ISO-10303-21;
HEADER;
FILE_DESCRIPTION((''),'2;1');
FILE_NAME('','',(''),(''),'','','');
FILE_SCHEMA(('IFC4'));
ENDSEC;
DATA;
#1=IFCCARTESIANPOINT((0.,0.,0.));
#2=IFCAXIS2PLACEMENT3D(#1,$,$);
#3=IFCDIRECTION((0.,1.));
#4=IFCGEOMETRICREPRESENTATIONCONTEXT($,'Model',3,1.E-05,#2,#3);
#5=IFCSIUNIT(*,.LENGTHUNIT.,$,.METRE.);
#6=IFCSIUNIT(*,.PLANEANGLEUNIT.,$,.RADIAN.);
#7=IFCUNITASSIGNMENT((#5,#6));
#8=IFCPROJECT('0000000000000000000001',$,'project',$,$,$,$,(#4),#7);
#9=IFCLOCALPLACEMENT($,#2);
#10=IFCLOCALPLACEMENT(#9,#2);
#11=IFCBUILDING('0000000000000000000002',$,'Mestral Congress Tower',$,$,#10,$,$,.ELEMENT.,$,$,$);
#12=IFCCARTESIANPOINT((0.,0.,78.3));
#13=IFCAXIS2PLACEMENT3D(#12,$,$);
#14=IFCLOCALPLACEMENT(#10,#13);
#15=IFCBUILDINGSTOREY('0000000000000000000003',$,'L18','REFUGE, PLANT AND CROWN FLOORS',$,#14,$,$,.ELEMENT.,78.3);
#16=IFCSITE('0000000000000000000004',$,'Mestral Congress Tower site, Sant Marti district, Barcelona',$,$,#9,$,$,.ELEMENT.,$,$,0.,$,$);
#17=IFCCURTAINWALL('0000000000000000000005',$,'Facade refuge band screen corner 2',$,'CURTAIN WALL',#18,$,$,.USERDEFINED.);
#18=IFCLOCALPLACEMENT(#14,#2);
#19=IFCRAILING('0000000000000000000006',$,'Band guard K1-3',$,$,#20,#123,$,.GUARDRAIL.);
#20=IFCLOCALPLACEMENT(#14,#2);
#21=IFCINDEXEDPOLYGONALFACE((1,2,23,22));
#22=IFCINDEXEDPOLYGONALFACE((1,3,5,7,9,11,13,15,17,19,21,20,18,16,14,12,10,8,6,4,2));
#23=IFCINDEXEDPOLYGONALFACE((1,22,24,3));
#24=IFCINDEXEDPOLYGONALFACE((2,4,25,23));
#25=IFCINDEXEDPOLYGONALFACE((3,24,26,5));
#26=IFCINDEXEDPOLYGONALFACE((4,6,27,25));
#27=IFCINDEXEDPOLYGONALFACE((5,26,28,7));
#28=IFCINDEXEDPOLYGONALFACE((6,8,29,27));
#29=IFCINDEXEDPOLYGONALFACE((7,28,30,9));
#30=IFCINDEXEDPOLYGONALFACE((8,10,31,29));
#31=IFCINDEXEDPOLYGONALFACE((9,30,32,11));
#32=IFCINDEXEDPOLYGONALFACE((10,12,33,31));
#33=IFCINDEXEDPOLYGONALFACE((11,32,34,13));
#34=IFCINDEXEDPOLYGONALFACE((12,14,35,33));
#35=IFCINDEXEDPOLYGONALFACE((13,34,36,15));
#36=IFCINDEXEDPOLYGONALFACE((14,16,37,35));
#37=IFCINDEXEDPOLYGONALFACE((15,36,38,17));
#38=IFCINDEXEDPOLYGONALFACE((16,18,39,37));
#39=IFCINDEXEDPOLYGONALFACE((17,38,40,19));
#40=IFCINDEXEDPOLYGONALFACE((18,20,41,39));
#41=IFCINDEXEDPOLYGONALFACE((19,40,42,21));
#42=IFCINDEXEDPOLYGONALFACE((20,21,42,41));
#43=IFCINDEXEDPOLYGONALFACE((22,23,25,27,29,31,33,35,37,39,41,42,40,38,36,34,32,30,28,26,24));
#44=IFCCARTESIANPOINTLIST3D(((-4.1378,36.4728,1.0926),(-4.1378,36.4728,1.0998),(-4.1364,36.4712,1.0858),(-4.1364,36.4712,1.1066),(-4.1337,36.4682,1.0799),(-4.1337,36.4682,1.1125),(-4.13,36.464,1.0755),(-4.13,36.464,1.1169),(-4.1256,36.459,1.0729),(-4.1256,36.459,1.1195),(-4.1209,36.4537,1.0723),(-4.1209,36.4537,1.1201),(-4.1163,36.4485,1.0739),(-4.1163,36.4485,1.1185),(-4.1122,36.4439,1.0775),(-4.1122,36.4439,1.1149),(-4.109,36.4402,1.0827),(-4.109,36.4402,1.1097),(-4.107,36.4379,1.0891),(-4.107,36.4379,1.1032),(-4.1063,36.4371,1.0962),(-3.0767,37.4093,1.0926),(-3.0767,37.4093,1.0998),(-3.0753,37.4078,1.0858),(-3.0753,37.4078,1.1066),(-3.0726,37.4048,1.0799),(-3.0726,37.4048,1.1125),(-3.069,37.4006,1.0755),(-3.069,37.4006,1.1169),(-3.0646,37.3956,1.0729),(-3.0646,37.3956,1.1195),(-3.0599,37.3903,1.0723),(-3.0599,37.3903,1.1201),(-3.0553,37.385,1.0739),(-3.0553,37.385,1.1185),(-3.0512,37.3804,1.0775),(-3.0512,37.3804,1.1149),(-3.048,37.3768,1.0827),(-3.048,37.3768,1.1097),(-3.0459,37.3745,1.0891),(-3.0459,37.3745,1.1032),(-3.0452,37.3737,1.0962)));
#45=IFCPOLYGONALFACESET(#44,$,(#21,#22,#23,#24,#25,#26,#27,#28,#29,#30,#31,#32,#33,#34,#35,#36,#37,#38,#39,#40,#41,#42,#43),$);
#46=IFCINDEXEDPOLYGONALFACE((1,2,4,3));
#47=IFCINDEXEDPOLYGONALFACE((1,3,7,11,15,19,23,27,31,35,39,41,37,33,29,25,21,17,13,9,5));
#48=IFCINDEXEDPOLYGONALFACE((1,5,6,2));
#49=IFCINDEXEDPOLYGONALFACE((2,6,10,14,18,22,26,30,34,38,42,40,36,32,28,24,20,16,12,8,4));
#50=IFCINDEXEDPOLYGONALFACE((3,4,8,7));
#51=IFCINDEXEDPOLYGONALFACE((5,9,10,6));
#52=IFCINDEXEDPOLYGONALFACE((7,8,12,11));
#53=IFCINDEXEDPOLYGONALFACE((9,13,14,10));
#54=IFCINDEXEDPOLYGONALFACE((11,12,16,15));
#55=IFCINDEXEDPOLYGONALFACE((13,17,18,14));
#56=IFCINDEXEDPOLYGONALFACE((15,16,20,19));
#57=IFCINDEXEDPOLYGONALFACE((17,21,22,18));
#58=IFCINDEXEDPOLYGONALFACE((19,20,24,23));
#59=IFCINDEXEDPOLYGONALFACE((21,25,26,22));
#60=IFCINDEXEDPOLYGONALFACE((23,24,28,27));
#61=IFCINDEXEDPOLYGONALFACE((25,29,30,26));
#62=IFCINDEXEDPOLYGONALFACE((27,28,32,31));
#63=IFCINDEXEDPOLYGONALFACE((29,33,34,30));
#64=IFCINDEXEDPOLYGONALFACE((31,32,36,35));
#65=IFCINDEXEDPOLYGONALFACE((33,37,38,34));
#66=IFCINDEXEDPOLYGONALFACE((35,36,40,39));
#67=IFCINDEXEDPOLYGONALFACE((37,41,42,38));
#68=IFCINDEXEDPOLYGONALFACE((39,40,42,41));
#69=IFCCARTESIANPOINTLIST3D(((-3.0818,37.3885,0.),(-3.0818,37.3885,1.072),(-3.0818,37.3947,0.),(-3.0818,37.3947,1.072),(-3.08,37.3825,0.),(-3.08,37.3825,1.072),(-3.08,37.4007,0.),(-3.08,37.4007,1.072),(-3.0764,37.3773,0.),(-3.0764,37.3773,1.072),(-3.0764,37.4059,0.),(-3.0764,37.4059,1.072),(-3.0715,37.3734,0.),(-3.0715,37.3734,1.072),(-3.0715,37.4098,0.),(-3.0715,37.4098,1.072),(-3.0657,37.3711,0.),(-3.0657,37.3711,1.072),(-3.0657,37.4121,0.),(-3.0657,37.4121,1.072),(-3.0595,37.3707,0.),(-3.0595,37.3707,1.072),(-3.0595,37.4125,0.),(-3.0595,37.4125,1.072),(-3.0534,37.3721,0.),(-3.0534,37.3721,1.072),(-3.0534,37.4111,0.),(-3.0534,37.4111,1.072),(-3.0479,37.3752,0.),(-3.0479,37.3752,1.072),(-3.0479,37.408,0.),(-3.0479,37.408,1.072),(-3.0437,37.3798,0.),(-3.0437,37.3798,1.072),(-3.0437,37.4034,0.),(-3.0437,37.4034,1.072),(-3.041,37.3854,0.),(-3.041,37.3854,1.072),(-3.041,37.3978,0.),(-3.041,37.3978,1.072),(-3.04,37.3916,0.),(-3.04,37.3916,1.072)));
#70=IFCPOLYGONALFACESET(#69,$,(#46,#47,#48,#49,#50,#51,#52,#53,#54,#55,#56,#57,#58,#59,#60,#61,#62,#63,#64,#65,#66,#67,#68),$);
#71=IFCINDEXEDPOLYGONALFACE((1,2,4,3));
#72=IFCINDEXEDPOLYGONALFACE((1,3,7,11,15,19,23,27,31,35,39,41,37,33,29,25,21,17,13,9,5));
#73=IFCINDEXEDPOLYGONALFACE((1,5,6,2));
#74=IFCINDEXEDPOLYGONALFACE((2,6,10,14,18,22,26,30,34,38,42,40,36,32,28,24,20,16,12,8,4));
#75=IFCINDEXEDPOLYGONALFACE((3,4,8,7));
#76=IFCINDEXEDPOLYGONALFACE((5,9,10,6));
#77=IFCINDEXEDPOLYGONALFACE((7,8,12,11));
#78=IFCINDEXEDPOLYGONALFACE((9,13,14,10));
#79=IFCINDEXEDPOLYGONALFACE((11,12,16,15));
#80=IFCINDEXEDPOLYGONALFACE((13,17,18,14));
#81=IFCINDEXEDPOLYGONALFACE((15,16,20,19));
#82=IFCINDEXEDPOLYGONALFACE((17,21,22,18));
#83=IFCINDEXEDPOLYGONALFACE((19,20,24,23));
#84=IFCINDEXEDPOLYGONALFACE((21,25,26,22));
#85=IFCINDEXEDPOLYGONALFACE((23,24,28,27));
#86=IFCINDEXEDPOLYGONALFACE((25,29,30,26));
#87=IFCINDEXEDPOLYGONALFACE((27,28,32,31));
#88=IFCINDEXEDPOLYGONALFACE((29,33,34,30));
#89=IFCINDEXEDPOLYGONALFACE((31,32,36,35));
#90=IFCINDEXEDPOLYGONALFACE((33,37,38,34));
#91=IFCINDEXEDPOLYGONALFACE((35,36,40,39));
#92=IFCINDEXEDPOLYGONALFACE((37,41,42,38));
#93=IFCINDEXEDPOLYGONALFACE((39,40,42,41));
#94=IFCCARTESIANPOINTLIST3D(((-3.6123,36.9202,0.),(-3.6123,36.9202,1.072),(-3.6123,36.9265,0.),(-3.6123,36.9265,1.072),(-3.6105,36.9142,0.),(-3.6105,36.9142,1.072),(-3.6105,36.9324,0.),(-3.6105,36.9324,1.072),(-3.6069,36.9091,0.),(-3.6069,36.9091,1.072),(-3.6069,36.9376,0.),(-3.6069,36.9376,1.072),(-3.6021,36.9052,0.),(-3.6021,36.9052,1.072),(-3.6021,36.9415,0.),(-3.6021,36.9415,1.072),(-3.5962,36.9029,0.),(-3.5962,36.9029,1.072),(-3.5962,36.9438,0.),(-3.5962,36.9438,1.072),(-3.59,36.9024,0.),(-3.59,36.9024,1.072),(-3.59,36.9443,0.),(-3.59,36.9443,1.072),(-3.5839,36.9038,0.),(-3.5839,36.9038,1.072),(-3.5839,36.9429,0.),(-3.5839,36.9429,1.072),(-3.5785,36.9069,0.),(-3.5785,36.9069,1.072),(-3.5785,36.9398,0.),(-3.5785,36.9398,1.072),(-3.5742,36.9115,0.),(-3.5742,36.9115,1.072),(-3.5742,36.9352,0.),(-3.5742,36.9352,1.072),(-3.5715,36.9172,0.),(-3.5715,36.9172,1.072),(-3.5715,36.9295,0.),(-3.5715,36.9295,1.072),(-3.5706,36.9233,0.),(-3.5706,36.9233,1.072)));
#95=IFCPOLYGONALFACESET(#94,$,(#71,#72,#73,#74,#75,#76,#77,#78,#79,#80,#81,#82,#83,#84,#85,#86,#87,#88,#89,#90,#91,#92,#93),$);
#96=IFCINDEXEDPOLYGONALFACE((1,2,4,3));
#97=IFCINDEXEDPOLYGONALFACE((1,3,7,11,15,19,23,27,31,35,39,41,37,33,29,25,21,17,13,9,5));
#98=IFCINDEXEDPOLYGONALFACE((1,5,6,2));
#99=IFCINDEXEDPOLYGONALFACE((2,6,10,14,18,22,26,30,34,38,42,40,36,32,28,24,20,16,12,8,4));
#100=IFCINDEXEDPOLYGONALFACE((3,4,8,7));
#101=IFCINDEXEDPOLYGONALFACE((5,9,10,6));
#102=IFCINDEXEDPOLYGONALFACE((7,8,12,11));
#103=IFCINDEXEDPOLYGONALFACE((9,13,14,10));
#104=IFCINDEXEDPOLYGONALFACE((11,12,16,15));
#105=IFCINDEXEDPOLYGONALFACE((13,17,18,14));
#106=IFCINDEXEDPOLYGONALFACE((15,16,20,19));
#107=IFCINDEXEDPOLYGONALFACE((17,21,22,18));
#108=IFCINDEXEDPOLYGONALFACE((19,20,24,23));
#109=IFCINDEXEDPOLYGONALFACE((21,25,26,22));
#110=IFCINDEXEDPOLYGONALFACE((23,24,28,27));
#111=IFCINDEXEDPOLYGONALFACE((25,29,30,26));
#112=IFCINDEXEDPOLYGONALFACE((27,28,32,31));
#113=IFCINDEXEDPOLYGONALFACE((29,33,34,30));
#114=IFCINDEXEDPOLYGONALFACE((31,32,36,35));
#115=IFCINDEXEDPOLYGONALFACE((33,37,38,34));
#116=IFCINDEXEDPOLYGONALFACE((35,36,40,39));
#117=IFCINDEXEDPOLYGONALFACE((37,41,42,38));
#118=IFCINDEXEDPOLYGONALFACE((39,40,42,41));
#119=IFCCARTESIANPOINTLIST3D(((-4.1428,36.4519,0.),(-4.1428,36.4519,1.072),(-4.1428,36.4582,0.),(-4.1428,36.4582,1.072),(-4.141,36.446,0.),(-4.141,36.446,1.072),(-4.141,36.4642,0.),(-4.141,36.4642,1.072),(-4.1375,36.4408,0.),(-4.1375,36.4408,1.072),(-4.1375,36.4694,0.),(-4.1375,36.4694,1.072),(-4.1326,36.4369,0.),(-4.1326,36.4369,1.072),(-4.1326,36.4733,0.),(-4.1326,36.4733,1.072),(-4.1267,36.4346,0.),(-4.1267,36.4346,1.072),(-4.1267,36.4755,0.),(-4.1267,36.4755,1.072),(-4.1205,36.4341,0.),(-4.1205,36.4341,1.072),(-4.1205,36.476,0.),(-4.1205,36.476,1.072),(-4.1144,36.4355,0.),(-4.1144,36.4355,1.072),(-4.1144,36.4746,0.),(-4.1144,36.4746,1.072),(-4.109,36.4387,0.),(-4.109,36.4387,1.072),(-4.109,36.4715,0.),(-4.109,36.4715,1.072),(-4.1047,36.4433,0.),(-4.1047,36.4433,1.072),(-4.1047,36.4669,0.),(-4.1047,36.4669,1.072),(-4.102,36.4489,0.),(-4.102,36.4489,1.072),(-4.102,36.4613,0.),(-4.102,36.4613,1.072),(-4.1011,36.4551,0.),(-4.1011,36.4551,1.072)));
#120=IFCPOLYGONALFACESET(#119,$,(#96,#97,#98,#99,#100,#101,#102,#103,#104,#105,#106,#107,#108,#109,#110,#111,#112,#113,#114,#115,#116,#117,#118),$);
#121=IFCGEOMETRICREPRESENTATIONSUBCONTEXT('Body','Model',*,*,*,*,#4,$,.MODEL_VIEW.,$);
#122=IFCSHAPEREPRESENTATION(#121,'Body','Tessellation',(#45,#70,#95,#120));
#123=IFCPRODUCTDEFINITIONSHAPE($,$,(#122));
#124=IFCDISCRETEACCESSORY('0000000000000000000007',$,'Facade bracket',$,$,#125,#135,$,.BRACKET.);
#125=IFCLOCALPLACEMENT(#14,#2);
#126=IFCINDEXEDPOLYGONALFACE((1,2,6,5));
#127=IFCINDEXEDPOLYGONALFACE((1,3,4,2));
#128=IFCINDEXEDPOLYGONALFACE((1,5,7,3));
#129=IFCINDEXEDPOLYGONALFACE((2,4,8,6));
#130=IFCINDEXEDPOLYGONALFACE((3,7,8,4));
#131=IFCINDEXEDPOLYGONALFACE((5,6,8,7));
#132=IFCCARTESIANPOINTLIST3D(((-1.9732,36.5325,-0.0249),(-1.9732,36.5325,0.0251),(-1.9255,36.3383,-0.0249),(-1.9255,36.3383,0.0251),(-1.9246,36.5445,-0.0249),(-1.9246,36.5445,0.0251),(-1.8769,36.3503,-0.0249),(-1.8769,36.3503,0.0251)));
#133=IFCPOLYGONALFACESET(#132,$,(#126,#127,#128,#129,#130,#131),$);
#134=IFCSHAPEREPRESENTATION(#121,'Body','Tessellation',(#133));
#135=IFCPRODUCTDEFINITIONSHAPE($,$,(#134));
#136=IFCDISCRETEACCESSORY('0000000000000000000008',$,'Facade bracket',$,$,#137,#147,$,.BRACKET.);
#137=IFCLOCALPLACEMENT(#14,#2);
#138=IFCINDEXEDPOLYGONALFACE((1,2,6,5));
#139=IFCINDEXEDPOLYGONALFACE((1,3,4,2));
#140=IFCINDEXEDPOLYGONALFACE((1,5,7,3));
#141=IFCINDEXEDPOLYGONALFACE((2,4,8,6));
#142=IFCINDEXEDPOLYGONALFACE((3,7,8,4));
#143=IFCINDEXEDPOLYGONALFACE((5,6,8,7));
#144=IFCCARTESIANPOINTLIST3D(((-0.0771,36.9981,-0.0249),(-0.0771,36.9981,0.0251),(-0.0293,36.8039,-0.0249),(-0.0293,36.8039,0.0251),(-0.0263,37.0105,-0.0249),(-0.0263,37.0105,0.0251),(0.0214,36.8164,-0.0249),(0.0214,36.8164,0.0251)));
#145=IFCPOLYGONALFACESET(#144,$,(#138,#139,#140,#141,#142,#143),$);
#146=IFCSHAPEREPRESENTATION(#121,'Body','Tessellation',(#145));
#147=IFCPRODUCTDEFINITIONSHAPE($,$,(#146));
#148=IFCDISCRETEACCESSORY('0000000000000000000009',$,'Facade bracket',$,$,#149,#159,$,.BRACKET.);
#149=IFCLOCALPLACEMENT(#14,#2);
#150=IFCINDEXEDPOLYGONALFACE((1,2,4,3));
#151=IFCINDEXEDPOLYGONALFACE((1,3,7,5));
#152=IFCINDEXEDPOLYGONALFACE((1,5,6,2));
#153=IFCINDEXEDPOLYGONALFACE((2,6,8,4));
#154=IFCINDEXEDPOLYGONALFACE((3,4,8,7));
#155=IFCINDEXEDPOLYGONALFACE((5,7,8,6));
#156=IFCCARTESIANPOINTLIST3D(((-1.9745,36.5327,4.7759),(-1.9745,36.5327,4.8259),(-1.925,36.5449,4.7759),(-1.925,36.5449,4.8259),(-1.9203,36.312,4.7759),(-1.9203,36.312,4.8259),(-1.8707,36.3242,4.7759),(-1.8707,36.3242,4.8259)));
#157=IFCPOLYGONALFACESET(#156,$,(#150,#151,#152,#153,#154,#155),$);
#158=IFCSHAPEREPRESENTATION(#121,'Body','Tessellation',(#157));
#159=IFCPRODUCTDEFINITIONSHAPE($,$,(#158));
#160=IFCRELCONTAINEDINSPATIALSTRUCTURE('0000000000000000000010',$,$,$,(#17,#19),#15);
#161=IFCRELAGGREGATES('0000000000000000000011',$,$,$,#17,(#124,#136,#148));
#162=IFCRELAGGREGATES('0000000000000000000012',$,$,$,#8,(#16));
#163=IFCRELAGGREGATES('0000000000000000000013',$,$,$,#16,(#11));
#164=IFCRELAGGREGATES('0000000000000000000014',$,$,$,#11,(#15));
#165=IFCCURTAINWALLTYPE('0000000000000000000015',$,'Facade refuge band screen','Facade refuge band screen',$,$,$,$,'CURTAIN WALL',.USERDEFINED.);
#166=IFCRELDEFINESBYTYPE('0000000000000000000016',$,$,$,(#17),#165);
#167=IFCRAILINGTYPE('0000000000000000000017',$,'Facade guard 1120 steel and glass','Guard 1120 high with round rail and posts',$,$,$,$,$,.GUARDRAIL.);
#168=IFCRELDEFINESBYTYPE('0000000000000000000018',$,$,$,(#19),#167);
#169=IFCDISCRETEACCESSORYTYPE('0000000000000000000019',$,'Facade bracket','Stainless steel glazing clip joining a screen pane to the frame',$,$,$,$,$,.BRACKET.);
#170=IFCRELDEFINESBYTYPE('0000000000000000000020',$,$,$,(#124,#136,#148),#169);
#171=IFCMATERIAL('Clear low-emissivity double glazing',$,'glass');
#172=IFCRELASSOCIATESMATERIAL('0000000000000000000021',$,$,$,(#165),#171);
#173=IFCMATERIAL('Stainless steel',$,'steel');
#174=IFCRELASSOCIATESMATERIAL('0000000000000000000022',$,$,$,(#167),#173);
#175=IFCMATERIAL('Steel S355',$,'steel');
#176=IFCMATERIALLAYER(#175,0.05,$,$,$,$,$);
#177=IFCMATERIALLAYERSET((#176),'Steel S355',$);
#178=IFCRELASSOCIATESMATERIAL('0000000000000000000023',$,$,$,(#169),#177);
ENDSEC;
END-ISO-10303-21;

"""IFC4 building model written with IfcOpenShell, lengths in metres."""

from ifc_helpers import new_model, si_unit, direction, frame, origin, origin_2d, place, context, subcontext, project, spatial, rectangle, circle, extrude, material, layer, layer_set, type_object, element, aggregate, save


model = new_model("IFC4")

# Units and contexts
model_context = context("Model", 3, precision=1e-05, world=origin(), true_north=direction((0.0, 1.0)))
body_context = subcontext(model_context, "Body", "Model", "MODEL_VIEW")
ifc_project = project(units=[si_unit("LENGTHUNIT", "METRE"), si_unit("PLANEANGLEUNIT", "RADIAN")], contexts=[model_context])

# Site, building, storey
site_placement = place(None, origin())
site = spatial("IfcSite", under=ifc_project, at=site_placement, Name="Mestral Congress Tower site, Sant Marti district, Barcelona", CompositionType="ELEMENT", RefElevation=0.0)
building_placement = place(site_placement, origin())
building = spatial("IfcBuilding", under=site, at=building_placement, Name="Mestral Congress Tower", CompositionType="ELEMENT")
storey_placement = place(building_placement, frame((0.0, 0.0, 78.3)))
storey = spatial("IfcBuildingStorey", under=building, at=storey_placement, Name="L18", Description="REFUGE, PLANT AND CROWN FLOORS", CompositionType="ELEMENT", Elevation=78.3)

# Shared definitions
ifc_material_1 = material(Name="Steel S355", Category="steel")

# Curtain wall
ifc_material_2 = material(Name="Clear low-emissivity double glazing", Category="glass")
curtain_wall_type = type_object("IfcCurtainWallType", Name="Facade refuge band screen", Description="Facade refuge band screen", ElementType="CURTAIN WALL", PredefinedType="USERDEFINED", material=ifc_material_2)
placement = place(storey_placement, origin())
curtain_wall_1 = element("IfcCurtainWall", 1, at=placement, inside=storey, type_object=curtain_wall_type, Name="Facade refuge band screen corner 2", ObjectType="CURTAIN WALL", PredefinedType="USERDEFINED")

# Railing
ifc_material_3 = material(Name="Stainless steel", Category="steel")
railing_type = type_object("IfcRailingType", Name="Facade guard 1120 steel and glass", Description="Guard 1120 high with round rail and posts", PredefinedType="GUARDRAIL", material=ifc_material_3)
railing_1_placement = place(storey_placement, frame((-3.061, 37.3916, 0.0)))
element("IfcRailing", 2, at=railing_1_placement, inside=storey, type_object=railing_type, Name="Band guard K1-3", PredefinedType="GUARDRAIL", context=body_context, shape_type="SweptSolid", body=[
    extrude(circle(Radius=0.0239, at=origin_2d()), frame((0.0, 0.0, 1.0962), z_axis=(-0.749727, -0.661747, 0.0), x_axis=(0.661747, -0.749727, 0.0)), (0.0, 0.0, 1.0), 1.4153),
    extrude(circle(Radius=0.021, at=origin_2d()), origin(), (0.0, 0.0, 1.0), 1.072),
    extrude(circle(Radius=0.021, at=origin_2d()), frame((-0.5305, -0.4683, 0.0)), (0.0, 0.0, 1.0), 1.072),
    extrude(circle(Radius=0.021, at=origin_2d()), frame((-1.061, -0.9365, 0.0)), (0.0, 0.0, 1.0), 1.072),
])

# Discrete accessories
ifc_layer_1 = layer(ifc_material_1, 0.05)
ifc_layer_set_1 = layer_set([ifc_layer_1], Name="Steel S355")
discrete_accessory_type = type_object("IfcDiscreteAccessoryType", Name="Facade bracket", Description="Stainless steel glazing clip joining a screen pane to the frame", PredefinedType="BRACKET", material=ifc_layer_set_1)
discrete_accessory_1_placement = place(storey_placement, frame((-1.925, 36.4414, -0.0249), z_axis=(0.0, 0.0, 1.0), x_axis=(-0.971094, -0.238698, 0.0)))
discrete_accessory_1 = element("IfcDiscreteAccessory", 3, at=discrete_accessory_1_placement, type_object=discrete_accessory_type, Name="Facade bracket", PredefinedType="BRACKET", context=body_context, shape_type="SweptSolid", body=[
    extrude(rectangle(XDim=0.05, YDim=0.2, at=origin_2d()), origin(), (0.0, 0.0, 1.0), 0.05),
])
discrete_accessory_2_placement = place(storey_placement, frame((-0.0278, 36.9072, -0.0249), z_axis=(0.0, 0.0, 1.0), x_axis=(-0.971108, -0.238639, 0.0)))
discrete_accessory_2 = element("IfcDiscreteAccessory", 4, at=discrete_accessory_2_placement, type_object=discrete_accessory_type, Name="Facade bracket", PredefinedType="BRACKET", context=body_context, shape_type="SweptSolid", body=[
    extrude(rectangle(XDim=0.0522, YDim=0.2, at=origin_2d()), origin(), (0.0, 0.0, 1.0), 0.05),
])
discrete_accessory_3_placement = place(storey_placement, frame((-1.9226, 36.4285, 4.7759), z_axis=(0.0, 0.0, 1.0), x_axis=(-0.971086, -0.23873, 0.0)))
discrete_accessory_3 = element("IfcDiscreteAccessory", 5, at=discrete_accessory_3_placement, type_object=discrete_accessory_type, Name="Facade bracket", PredefinedType="BRACKET", context=body_context, shape_type="SweptSolid", body=[
    extrude(rectangle(XDim=0.051, YDim=0.2273, at=origin_2d()), origin(), (0.0, 0.0, 1.0), 0.05),
])
aggregate(curtain_wall_1, [discrete_accessory_1, discrete_accessory_2, discrete_accessory_3])

save(model, "model.ifc")
